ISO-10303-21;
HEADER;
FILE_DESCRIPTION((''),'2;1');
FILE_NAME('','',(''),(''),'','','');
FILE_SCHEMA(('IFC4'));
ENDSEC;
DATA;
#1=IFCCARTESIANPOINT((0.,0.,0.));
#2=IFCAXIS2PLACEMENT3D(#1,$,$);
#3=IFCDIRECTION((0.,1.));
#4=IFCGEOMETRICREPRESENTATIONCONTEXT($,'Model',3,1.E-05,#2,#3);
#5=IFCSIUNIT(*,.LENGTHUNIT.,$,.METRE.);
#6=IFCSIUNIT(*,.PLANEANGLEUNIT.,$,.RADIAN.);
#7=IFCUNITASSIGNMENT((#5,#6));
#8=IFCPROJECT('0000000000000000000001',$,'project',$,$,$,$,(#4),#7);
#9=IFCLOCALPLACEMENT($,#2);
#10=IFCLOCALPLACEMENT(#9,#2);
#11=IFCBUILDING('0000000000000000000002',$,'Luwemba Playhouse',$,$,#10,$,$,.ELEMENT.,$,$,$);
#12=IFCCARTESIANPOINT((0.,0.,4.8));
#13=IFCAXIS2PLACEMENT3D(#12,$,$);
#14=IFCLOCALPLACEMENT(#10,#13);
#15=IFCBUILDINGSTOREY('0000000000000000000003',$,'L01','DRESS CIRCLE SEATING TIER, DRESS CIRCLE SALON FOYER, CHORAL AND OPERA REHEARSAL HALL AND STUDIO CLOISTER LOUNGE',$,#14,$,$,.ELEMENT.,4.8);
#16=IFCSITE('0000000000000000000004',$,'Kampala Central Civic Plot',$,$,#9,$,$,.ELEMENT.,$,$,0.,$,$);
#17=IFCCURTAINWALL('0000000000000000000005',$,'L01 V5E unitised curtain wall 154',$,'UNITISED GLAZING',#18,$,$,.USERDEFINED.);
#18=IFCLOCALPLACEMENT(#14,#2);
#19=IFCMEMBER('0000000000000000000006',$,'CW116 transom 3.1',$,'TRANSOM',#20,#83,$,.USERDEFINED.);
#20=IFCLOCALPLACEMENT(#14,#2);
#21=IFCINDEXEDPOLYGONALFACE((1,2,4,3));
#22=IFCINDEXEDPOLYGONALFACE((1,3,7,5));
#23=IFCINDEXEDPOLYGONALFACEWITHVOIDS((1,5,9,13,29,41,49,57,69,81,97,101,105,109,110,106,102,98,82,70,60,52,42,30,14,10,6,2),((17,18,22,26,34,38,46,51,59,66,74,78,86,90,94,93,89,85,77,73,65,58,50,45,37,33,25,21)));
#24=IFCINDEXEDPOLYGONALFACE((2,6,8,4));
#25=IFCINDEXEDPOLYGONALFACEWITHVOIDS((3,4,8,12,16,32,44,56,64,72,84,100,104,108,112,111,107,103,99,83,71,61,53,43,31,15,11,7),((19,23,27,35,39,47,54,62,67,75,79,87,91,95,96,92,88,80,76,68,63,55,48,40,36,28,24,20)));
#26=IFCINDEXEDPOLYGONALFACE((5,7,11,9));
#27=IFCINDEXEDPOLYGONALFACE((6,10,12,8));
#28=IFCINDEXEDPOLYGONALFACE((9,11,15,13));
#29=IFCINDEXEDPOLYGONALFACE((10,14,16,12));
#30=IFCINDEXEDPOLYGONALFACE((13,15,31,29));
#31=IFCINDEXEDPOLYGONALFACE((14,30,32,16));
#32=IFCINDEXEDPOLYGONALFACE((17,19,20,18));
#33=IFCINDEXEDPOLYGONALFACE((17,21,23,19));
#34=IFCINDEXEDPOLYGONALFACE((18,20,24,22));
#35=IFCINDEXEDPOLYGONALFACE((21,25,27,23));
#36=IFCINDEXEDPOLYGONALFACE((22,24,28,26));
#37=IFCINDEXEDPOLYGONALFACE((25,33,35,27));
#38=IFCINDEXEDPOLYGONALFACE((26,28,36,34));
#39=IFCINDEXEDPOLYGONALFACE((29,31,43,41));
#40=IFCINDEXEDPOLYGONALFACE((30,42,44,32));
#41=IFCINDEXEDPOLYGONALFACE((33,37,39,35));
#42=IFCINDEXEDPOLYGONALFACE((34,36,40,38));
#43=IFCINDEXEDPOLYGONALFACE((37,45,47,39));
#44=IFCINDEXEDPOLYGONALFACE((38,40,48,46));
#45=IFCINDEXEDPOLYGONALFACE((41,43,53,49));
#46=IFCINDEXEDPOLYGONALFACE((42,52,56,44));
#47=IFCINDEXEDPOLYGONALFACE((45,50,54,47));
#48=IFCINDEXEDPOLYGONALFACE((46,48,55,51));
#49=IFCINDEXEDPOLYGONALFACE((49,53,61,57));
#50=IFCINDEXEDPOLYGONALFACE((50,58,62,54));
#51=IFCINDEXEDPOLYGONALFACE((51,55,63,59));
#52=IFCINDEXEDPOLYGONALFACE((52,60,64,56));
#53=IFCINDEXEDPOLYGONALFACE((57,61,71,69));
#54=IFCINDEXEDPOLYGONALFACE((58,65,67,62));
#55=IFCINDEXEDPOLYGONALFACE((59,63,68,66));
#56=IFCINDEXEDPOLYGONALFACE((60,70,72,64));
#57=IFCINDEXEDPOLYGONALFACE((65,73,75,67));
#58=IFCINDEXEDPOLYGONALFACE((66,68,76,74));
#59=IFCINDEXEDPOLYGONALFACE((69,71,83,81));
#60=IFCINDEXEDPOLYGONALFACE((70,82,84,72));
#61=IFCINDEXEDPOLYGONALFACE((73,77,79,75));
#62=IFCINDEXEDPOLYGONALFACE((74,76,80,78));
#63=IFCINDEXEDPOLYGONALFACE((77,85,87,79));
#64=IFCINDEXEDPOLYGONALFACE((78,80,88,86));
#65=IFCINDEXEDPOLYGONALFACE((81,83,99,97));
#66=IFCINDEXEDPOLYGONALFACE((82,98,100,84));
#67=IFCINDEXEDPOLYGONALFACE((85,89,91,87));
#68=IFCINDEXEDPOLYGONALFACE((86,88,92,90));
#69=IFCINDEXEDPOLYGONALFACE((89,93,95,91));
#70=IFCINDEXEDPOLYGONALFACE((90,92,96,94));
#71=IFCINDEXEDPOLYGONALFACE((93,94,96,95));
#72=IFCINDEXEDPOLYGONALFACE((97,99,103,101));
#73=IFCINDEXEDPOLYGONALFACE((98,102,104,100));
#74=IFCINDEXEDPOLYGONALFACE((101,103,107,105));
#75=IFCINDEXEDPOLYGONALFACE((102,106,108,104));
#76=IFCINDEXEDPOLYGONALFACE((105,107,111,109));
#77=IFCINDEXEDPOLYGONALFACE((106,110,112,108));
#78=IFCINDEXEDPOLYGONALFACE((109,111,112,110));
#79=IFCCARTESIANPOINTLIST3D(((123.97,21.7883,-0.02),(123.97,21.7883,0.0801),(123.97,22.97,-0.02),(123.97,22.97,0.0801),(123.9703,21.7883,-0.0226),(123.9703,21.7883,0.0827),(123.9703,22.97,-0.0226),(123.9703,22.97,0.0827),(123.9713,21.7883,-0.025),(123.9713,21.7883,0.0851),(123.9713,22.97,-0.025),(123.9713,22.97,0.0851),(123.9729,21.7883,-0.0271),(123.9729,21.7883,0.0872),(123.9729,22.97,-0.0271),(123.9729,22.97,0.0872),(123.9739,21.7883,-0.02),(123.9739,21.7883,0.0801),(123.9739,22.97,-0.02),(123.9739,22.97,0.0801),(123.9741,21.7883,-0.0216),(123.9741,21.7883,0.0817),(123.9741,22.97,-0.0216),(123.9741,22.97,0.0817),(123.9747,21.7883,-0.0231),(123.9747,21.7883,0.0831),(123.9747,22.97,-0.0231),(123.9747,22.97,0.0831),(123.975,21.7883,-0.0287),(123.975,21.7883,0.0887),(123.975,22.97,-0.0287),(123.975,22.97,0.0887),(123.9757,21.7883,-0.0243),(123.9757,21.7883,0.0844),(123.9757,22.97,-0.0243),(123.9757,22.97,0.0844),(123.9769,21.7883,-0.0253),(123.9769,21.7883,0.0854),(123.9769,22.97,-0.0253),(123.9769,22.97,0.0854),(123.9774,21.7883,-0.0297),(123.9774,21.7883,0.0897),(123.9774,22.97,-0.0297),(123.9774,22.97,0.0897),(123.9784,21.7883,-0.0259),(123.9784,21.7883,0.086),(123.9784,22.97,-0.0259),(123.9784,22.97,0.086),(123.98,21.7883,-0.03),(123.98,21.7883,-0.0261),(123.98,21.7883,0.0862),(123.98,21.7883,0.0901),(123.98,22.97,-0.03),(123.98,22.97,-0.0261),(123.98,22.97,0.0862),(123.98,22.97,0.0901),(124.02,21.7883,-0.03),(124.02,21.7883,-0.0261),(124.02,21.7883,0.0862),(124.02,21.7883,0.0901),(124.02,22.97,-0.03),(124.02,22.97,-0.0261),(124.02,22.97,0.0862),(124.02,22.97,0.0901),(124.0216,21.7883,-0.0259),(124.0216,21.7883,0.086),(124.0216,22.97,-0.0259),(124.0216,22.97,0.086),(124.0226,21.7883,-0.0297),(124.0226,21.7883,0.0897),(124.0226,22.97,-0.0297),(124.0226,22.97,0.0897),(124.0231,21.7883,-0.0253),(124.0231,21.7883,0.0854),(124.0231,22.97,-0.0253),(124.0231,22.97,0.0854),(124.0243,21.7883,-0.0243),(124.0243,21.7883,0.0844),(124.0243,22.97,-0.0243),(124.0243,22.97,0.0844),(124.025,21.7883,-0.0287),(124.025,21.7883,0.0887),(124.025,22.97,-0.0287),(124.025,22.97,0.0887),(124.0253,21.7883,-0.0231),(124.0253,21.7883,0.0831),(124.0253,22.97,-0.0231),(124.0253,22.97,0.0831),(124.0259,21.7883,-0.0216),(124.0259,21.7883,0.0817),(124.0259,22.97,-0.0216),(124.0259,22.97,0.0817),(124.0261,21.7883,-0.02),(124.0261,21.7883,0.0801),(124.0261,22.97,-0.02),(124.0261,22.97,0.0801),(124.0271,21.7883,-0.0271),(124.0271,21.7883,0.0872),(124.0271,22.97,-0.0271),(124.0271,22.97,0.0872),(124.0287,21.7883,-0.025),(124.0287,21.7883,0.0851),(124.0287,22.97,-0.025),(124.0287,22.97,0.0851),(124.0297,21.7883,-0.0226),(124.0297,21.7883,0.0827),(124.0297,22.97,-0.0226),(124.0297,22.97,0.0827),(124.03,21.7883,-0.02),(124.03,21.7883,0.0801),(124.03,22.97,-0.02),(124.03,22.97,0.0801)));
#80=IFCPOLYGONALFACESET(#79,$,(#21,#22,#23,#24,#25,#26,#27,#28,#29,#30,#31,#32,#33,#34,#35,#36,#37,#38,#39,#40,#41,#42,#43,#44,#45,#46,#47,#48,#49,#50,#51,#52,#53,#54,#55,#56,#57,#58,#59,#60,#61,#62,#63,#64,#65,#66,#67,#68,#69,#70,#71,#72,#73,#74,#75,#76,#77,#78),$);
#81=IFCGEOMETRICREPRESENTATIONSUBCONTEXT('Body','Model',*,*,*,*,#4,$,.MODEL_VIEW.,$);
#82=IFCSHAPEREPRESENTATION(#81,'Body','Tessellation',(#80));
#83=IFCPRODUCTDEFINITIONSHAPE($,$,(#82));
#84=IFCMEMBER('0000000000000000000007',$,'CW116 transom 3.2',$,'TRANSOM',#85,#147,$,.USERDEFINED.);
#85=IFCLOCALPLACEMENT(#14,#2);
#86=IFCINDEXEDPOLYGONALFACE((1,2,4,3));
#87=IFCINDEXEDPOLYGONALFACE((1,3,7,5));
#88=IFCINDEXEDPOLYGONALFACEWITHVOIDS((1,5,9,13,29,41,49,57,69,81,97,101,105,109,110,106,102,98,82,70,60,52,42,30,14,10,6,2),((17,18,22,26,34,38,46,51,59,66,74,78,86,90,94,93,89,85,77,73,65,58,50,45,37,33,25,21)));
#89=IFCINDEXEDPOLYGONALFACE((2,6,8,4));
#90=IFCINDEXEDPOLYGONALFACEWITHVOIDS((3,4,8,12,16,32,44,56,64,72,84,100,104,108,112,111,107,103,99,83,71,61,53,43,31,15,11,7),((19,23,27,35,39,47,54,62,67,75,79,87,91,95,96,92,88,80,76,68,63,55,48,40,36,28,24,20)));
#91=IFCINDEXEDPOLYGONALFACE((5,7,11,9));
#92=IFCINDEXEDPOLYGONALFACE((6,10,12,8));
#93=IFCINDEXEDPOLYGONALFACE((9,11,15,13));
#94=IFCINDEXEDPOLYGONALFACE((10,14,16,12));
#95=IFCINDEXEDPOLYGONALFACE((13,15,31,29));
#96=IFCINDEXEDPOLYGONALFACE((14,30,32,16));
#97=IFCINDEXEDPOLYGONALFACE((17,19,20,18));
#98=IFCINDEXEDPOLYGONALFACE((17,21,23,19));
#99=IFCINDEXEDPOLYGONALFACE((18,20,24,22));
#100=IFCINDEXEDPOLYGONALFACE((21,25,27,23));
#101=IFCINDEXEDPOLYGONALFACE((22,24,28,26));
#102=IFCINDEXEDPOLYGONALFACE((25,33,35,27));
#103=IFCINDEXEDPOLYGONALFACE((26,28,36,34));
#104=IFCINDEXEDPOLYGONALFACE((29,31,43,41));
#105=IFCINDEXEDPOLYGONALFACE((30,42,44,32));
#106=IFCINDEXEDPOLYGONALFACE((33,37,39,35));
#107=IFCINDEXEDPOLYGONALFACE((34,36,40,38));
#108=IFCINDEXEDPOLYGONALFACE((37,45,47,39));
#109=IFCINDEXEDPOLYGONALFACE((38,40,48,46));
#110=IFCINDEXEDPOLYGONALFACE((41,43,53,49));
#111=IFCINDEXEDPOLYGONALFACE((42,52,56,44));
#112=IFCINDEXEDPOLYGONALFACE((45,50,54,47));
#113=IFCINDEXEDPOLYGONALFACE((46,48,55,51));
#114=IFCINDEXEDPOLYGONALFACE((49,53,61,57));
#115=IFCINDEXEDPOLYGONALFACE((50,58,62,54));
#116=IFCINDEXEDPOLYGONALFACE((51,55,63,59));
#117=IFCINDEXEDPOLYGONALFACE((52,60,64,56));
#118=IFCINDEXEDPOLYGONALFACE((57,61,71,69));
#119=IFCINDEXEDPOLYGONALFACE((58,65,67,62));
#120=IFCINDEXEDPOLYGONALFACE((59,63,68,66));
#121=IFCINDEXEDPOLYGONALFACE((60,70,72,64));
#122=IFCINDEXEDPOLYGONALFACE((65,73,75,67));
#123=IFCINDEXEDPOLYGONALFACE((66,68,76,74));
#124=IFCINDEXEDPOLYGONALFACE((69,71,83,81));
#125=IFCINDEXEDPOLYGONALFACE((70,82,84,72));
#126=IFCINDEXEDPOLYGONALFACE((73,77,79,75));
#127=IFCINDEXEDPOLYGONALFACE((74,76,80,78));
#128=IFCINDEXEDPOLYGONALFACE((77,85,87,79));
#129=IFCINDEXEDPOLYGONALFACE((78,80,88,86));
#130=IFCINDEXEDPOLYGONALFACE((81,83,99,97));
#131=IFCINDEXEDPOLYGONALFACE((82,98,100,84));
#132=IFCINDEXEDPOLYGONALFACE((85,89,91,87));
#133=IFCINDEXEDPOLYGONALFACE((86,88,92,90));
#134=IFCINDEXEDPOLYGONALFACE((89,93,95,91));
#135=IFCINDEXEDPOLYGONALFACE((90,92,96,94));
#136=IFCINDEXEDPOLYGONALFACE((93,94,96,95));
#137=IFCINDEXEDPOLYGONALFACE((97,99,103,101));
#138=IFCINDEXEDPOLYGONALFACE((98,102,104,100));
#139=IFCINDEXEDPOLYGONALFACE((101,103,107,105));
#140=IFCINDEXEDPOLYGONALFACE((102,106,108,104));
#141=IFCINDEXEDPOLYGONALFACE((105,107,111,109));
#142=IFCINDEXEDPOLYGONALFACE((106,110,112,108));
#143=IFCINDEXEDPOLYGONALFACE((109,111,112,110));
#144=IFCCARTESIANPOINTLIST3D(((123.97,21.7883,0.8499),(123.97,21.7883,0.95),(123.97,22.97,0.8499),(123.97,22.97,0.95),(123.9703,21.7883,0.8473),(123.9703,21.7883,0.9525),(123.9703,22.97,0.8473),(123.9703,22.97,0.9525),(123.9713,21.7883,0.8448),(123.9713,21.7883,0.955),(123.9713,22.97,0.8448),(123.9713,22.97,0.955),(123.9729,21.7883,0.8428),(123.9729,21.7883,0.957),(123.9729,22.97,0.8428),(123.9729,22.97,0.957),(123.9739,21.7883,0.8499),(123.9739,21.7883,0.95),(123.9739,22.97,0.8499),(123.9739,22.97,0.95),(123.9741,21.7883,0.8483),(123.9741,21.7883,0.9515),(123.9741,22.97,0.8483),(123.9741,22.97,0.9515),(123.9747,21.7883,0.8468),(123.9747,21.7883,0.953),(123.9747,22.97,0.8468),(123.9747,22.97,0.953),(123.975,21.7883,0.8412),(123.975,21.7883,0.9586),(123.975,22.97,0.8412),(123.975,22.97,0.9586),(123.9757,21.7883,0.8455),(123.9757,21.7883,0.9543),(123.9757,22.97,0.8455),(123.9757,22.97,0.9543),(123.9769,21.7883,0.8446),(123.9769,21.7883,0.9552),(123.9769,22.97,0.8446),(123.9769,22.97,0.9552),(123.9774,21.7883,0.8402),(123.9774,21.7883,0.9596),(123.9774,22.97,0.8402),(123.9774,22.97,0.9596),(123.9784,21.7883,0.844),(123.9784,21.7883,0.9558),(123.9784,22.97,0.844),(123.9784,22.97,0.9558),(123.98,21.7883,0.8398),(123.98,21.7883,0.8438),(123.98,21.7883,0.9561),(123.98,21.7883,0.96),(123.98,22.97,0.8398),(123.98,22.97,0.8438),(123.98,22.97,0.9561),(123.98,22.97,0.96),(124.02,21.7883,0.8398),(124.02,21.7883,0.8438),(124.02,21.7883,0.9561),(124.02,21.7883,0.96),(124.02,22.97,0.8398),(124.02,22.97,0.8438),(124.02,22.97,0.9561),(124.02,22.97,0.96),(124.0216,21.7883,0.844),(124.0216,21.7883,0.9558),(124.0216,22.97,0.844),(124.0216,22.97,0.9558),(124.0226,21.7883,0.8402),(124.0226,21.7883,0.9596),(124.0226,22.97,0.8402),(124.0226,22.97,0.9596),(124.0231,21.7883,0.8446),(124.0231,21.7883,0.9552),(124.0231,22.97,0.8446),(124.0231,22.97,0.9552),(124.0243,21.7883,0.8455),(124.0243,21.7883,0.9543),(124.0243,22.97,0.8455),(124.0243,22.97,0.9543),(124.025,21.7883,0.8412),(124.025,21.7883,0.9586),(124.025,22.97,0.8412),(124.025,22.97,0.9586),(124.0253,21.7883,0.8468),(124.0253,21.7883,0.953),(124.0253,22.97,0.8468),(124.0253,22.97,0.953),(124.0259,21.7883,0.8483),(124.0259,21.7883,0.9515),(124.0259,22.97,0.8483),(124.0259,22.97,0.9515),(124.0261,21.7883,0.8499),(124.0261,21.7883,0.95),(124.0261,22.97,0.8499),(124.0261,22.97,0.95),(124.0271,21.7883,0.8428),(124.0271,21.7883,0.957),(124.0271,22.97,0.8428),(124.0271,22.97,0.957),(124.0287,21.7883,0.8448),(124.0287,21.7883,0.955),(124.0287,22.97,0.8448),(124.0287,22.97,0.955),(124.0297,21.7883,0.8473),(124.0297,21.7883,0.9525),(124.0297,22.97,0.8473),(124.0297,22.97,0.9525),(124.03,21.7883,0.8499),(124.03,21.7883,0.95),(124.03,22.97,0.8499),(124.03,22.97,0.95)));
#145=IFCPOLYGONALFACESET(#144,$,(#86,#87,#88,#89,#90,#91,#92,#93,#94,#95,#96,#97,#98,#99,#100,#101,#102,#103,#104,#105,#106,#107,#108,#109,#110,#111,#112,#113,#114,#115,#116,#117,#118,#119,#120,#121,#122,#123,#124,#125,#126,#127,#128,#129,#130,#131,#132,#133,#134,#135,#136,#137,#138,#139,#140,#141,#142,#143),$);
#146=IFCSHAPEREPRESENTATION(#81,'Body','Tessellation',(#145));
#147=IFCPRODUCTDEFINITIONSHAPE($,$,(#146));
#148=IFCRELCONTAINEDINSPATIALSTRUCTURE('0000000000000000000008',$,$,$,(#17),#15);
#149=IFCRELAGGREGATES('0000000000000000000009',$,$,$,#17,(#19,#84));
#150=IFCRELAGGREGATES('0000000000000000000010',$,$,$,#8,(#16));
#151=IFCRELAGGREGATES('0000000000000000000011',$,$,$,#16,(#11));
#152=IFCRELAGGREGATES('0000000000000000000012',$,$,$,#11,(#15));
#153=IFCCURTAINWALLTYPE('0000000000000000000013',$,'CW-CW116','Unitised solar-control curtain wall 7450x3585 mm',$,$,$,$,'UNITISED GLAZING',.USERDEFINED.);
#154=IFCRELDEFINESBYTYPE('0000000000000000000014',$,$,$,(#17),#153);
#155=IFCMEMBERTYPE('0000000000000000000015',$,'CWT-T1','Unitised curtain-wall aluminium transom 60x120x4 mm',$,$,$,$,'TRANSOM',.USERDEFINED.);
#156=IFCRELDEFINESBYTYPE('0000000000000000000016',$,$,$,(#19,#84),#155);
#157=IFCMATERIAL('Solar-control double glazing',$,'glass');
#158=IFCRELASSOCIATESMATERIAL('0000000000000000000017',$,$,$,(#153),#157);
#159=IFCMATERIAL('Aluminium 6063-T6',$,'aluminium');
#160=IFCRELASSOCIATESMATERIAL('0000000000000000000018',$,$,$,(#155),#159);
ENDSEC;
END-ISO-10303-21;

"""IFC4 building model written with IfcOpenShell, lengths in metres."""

from ifc_helpers import new_model, si_unit, direction, frame, origin, origin_2d, place, context, subcontext, project, spatial, hollow_rectangle, extrude, material, material_profile, profile_set, type_object, element, aggregate, save


model = new_model("IFC4")

# Units and contexts
model_context = context("Model", 3, precision=1e-05, world=origin(), true_north=direction((0.0, 1.0)))
body_context = subcontext(model_context, "Body", "Model", "MODEL_VIEW")
ifc_project = project(units=[si_unit("LENGTHUNIT", "METRE"), si_unit("PLANEANGLEUNIT", "RADIAN")], contexts=[model_context])

# Site, building, storey
site_placement = place(None, origin())
site = spatial("IfcSite", under=ifc_project, at=site_placement, Name="Kampala Central Civic Plot", CompositionType="ELEMENT", RefElevation=0.0)
building_placement = place(site_placement, origin())
building = spatial("IfcBuilding", under=site, at=building_placement, Name="Luwemba Playhouse", CompositionType="ELEMENT")
storey_placement = place(building_placement, frame((0.0, 0.0, 4.8)))
storey = spatial("IfcBuildingStorey", under=building, at=storey_placement, Name="L01", Description="DRESS CIRCLE SEATING TIER, DRESS CIRCLE SALON FOYER, CHORAL AND OPERA REHEARSAL HALL AND STUDIO CLOISTER LOUNGE", CompositionType="ELEMENT", Elevation=4.8)

# Curtain wall, members
ifc_material_1 = material(Name="Solar-control double glazing", Category="glass")
curtain_wall_type = type_object("IfcCurtainWallType", Name="CW-CW116", Description="Unitised solar-control curtain wall 7450x3585 mm", ElementType="UNITISED GLAZING", PredefinedType="USERDEFINED", material=ifc_material_1)
curtain_wall_placement = place(storey_placement, origin())
curtain_wall = element("IfcCurtainWall", 1, at=curtain_wall_placement, inside=storey, type_object=curtain_wall_type, Name="L01 V5E unitised curtain wall 154", ObjectType="UNITISED GLAZING", PredefinedType="USERDEFINED")
ifc_material_2 = material(Name="Aluminium 6063-T6", Category="aluminium")
ifc_material_profile_1 = material_profile(ifc_material_2, hollow_rectangle(XDim=0.0601, YDim=0.1201, WallThickness=0.0039, InnerFilletRadius=0.0061, OuterFilletRadius=0.01, at=origin_2d()))
ifc_profile_set_1 = profile_set([ifc_material_profile_1], Name="Aluminium 6063-T6")
member_type_1 = type_object("IfcMemberType", Name="CWT-T1", Description="Unitised curtain-wall aluminium transom 60x120x4 mm", ElementType="TRANSOM", PredefinedType="USERDEFINED", material=ifc_profile_set_1)
member_1_placement = place(storey_placement, frame((124.0, 21.7883, 0.03), z_axis=(0.0, 1.0, 0.0), x_axis=(-1.0, 0.0, 0.0)))
member_1 = element("IfcMember", 2, at=member_1_placement, type_object=member_type_1, Name="CW116 transom 3.1", ObjectType="TRANSOM", PredefinedType="USERDEFINED", context=body_context, shape_type="SweptSolid", body=[
    extrude(hollow_rectangle(XDim=0.0601, YDim=0.1201, WallThickness=0.0039, InnerFilletRadius=0.0061, OuterFilletRadius=0.01, at=origin_2d()), origin(), (0.0, 0.0, 1.0), 1.1816),
])
member_2_placement = place(storey_placement, frame((124.0, 21.7883, 0.8999), z_axis=(0.0, 1.0, 0.0), x_axis=(-1.0, 0.0, 0.0)))
member_2 = element("IfcMember", 3, at=member_2_placement, type_object=member_type_1, Name="CW116 transom 3.2", ObjectType="TRANSOM", PredefinedType="USERDEFINED", context=body_context, shape_type="SweptSolid", body=[
    extrude(hollow_rectangle(XDim=0.0601, YDim=0.1201, WallThickness=0.0039, InnerFilletRadius=0.0061, OuterFilletRadius=0.01, at=origin_2d()), origin(), (0.0, 0.0, 1.0), 1.1816),
])
aggregate(curtain_wall, [member_1, member_2])

save(model, "model.ifc")
